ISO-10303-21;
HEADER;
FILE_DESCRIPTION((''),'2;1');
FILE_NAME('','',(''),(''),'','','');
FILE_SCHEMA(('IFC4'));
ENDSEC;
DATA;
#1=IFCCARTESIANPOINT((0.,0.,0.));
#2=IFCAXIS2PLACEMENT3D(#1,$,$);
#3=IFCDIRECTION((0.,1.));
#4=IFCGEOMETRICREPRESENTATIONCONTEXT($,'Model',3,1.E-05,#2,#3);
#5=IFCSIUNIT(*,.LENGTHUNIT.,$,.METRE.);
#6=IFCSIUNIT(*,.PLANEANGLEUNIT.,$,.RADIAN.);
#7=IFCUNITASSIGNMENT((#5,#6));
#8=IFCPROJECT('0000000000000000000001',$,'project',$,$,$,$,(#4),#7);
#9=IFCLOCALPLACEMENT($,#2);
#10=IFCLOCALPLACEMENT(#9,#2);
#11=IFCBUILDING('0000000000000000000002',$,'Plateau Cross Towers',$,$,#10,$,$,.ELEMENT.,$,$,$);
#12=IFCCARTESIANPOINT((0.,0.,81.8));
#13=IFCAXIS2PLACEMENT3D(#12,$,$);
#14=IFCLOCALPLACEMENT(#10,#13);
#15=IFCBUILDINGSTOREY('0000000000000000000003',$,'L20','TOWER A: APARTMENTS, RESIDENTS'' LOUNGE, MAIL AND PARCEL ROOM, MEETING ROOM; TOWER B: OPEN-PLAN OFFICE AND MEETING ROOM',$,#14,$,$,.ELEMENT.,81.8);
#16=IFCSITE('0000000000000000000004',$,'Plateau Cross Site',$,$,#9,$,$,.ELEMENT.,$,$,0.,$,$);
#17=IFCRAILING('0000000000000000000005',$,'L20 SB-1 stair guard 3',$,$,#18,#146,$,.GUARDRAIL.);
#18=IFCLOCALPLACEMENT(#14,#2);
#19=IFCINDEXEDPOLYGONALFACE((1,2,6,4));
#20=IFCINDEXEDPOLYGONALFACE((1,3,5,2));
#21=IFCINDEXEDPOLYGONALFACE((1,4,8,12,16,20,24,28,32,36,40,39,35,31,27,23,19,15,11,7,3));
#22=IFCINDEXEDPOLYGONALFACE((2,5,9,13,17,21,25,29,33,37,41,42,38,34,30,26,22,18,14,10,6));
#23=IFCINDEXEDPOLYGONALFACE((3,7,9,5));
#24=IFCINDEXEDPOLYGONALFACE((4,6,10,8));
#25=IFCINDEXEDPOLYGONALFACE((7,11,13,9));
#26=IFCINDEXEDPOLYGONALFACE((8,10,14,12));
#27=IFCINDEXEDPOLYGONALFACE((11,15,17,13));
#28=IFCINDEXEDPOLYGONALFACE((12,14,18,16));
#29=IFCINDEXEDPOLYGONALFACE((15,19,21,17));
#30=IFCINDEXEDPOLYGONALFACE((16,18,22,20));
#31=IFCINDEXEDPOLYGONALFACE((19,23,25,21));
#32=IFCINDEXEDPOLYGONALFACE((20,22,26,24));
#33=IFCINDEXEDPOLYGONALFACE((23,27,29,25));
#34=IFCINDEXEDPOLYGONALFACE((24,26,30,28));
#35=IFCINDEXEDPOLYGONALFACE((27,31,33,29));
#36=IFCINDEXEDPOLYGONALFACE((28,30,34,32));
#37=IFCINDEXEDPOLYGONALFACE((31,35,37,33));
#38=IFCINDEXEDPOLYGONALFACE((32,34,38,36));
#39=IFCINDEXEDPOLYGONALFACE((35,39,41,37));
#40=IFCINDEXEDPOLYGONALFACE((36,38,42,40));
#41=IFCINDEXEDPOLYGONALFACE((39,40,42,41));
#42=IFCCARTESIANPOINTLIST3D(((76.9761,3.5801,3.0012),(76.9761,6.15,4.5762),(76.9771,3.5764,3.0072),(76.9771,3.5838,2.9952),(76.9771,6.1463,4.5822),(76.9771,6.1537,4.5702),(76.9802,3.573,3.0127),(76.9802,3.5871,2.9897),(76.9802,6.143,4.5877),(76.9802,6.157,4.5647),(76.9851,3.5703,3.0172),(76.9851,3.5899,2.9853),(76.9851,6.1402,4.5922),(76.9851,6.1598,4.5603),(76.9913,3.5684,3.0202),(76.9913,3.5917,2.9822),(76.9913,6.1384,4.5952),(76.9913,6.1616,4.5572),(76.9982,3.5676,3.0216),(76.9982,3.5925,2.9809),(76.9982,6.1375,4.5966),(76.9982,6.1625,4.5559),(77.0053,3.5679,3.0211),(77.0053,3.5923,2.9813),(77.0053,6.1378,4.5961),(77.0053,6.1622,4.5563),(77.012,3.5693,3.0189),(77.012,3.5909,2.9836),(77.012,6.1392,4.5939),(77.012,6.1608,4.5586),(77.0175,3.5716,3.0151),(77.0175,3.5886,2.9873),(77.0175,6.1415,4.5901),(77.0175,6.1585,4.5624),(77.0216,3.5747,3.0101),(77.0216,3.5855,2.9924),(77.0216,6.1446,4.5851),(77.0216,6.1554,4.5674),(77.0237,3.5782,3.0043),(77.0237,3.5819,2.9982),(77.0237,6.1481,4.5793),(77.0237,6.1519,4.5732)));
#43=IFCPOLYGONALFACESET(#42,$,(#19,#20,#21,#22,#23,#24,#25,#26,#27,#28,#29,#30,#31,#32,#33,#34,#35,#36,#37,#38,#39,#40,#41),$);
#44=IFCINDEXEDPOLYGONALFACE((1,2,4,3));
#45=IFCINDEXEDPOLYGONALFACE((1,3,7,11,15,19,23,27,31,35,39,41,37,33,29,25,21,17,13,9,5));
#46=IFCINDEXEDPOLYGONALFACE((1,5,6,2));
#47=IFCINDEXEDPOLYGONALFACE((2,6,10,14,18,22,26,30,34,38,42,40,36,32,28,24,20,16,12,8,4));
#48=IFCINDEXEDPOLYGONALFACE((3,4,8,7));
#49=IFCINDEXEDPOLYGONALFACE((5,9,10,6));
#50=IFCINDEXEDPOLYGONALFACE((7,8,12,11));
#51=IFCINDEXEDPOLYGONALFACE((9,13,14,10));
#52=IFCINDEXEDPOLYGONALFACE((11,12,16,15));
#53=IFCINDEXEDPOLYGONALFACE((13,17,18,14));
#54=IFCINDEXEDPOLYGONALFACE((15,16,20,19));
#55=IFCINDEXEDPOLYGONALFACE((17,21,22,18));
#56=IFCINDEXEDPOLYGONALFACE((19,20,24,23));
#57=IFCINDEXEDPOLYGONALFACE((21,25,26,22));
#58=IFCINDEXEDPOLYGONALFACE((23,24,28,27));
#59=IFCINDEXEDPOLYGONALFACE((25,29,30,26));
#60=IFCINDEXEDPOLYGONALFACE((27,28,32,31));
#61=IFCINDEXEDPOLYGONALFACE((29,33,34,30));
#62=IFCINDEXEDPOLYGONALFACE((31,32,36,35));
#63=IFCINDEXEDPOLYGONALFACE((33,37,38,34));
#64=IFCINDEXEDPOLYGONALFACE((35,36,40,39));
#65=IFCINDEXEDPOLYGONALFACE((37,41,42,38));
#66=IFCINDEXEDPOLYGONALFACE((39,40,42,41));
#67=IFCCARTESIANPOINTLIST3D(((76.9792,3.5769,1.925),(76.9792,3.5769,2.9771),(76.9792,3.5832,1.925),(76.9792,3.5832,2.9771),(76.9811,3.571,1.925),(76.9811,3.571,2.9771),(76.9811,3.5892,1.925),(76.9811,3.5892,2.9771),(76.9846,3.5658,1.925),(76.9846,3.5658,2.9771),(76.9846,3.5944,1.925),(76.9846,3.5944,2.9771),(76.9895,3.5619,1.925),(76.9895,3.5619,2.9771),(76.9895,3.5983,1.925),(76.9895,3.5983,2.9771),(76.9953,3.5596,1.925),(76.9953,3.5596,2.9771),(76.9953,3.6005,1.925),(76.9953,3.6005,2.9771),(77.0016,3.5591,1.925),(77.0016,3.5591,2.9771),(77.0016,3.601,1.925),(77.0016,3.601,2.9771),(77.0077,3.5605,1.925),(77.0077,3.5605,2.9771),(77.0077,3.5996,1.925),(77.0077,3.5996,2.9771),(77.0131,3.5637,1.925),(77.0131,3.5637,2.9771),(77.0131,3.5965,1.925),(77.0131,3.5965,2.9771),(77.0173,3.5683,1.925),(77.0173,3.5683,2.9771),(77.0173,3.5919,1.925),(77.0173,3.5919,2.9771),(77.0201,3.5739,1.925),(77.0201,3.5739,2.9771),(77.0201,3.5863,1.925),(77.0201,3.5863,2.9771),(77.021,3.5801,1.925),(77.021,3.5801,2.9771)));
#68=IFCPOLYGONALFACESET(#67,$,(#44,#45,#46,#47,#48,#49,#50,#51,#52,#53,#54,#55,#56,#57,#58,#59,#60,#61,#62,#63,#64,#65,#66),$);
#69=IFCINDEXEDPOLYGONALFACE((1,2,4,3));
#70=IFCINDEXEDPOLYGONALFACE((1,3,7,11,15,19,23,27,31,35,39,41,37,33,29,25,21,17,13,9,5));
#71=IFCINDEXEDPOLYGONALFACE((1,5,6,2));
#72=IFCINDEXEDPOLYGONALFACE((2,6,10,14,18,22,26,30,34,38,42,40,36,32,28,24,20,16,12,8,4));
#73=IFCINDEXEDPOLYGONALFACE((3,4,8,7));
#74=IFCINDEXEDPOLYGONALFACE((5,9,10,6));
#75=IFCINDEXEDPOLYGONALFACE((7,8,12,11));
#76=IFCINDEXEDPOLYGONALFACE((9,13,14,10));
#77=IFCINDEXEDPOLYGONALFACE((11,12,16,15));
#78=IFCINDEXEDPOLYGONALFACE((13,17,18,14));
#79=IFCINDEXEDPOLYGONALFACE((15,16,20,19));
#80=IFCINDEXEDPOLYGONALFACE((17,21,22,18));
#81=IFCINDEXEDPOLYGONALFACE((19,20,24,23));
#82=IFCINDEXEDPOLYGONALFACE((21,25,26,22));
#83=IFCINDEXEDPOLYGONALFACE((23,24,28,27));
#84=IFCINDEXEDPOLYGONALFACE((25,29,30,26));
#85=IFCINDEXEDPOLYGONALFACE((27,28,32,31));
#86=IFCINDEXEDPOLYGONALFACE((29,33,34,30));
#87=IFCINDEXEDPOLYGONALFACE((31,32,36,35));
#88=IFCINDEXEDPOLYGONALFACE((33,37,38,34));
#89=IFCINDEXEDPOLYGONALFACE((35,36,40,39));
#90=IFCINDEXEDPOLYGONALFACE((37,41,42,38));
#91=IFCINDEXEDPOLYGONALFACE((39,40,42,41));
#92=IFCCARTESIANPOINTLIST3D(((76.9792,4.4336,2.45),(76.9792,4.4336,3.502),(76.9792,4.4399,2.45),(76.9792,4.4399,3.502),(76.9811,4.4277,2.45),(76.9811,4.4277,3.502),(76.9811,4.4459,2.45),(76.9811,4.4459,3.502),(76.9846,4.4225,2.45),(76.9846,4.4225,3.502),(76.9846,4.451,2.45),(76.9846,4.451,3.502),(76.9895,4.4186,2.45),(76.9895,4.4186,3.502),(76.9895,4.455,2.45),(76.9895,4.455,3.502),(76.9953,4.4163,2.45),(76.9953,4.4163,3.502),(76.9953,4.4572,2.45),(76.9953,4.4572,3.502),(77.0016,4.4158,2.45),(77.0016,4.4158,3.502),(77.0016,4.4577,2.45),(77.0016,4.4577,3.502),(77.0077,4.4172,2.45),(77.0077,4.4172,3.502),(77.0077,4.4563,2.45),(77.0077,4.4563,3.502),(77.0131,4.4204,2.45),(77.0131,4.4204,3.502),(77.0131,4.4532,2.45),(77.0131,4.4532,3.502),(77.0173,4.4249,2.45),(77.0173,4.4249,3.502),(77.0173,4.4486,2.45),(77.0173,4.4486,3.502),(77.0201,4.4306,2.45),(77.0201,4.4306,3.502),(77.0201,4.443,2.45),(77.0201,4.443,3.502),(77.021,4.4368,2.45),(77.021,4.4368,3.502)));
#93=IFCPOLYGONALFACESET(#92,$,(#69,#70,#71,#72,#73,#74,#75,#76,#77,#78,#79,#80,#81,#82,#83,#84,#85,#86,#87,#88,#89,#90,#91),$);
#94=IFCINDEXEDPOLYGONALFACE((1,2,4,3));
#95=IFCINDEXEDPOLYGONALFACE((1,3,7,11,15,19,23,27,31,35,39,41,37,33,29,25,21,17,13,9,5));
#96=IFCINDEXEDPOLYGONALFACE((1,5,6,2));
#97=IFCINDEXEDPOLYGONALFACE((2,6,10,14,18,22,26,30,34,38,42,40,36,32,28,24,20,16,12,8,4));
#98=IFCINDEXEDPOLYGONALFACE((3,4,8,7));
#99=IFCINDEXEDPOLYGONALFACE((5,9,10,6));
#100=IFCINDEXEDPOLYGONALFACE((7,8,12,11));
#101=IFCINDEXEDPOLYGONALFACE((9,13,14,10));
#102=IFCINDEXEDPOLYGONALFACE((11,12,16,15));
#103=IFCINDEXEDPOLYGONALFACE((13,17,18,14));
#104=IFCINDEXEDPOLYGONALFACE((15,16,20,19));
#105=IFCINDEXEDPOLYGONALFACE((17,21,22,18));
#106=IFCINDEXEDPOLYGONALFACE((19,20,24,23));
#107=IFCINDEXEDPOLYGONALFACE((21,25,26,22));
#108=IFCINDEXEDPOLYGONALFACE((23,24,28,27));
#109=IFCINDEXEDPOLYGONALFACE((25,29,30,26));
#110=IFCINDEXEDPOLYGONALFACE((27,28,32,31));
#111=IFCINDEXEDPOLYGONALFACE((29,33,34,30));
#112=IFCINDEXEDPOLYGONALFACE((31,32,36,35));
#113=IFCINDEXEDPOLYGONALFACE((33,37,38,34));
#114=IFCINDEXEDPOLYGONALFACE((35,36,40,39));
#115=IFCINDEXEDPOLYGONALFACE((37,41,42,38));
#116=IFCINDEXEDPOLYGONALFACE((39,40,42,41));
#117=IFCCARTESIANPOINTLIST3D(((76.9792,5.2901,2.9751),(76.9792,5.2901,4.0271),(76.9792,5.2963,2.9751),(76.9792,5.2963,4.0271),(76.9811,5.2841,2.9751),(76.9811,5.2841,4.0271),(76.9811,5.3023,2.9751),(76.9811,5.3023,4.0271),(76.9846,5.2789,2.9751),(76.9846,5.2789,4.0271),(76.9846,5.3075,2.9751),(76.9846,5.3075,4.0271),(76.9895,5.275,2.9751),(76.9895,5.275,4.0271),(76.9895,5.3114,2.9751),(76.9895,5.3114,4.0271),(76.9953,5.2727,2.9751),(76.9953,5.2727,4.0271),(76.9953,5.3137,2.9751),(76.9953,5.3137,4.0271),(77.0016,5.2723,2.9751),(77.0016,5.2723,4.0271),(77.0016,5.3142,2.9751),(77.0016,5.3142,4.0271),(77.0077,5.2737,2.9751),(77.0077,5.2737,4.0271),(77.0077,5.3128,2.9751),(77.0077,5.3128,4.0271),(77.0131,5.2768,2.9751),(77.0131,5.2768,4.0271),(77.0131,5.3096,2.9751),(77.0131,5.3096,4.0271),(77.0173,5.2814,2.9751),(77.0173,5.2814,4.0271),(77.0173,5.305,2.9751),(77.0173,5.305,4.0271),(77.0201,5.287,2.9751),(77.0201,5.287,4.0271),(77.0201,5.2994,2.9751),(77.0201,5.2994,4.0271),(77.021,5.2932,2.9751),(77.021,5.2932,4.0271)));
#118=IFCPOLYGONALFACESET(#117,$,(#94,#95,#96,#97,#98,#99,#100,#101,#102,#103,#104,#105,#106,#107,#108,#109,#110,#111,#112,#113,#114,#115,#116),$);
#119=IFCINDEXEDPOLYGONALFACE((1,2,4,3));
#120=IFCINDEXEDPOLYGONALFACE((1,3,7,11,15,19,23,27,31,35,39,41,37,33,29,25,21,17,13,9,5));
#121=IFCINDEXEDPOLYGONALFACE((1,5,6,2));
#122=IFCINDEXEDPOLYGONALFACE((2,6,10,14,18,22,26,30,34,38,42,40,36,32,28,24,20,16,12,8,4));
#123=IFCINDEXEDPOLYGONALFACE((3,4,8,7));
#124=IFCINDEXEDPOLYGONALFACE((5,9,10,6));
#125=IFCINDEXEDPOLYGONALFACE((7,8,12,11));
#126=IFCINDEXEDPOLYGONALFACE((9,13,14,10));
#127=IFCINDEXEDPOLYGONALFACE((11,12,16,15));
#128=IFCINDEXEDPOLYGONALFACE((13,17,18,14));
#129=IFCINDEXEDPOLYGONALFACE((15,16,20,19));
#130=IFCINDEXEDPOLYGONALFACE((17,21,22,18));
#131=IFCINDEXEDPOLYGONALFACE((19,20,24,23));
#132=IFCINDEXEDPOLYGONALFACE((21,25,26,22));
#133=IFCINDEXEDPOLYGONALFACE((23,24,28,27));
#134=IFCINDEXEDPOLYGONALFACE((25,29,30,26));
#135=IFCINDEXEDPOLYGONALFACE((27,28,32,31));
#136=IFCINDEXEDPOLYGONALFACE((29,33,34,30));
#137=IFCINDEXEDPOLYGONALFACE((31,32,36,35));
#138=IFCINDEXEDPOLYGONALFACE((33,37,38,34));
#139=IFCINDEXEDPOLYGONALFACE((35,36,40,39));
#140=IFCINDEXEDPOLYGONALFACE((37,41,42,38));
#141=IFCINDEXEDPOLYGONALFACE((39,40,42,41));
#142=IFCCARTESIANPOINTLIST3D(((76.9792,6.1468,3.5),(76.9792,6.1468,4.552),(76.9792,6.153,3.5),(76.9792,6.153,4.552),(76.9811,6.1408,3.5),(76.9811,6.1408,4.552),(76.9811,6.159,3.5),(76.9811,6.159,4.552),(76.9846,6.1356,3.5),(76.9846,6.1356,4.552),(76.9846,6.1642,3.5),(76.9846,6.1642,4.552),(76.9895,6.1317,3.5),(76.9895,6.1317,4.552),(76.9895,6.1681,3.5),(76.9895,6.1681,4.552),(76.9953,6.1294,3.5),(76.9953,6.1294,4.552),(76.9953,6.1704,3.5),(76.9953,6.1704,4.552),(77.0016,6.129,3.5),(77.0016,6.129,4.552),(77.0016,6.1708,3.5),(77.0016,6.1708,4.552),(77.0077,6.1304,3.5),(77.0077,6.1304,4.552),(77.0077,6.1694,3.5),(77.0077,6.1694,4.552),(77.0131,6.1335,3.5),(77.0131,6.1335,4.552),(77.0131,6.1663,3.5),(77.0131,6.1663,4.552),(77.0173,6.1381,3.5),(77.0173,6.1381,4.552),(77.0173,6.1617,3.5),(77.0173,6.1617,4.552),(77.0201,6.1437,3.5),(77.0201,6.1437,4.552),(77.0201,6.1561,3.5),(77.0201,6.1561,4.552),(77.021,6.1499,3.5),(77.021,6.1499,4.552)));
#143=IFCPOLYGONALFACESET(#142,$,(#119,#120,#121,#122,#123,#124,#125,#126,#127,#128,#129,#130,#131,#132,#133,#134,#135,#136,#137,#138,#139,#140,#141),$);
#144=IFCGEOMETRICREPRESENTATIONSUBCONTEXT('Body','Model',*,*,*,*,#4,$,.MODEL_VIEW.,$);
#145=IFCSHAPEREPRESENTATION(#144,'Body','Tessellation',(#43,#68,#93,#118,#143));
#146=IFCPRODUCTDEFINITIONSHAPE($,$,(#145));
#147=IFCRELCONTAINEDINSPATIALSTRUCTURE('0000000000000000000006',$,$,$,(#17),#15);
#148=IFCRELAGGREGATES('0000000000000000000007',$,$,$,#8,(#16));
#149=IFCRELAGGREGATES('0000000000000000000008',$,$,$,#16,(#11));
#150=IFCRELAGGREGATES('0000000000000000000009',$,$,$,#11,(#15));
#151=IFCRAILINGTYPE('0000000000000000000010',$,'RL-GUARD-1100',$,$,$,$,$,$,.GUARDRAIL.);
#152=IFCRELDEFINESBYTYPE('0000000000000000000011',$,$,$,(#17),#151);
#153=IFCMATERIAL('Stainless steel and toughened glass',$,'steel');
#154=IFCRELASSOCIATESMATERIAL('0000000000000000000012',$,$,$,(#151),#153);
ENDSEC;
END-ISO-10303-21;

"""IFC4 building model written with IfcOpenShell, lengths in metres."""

from ifc_helpers import new_model, si_unit, direction, frame, origin, origin_2d, place, context, subcontext, project, spatial, circle, extrude, material, type_object, element, save


model = new_model("IFC4")

# Units and contexts
model_context = context("Model", 3, precision=1e-05, world=origin(), true_north=direction((0.0, 1.0)))
body_context = subcontext(model_context, "Body", "Model", "MODEL_VIEW")
ifc_project = project(units=[si_unit("LENGTHUNIT", "METRE"), si_unit("PLANEANGLEUNIT", "RADIAN")], contexts=[model_context])

# Site, building, storey
site_placement = place(None, origin())
site = spatial("IfcSite", under=ifc_project, at=site_placement, Name="Plateau Cross Site", CompositionType="ELEMENT", RefElevation=0.0)
building_placement = place(site_placement, origin())
building = spatial("IfcBuilding", under=site, at=building_placement, Name="Plateau Cross Towers", CompositionType="ELEMENT")
storey_placement = place(building_placement, frame((0.0, 0.0, 81.8)))
storey = spatial("IfcBuildingStorey", under=building, at=storey_placement, Name="L20", Description="TOWER A: APARTMENTS, RESIDENTS' LOUNGE, MAIL AND PARCEL ROOM, MEETING ROOM; TOWER B: OPEN-PLAN OFFICE AND MEETING ROOM", CompositionType="ELEMENT", Elevation=81.8)

# Railing
ifc_material_1 = material(Name="Stainless steel and toughened glass", Category="steel")
railing_type_1 = type_object("IfcRailingType", Name="RL-GUARD-1100", PredefinedType="GUARDRAIL", material=ifc_material_1)
railing_1_placement = place(storey_placement, frame((77.0, 3.5801, 1.925)))
element("IfcRailing", 1, at=railing_1_placement, inside=storey, type_object=railing_type_1, Name="L20 SB-1 stair guard 3", PredefinedType="GUARDRAIL", context=body_context, shape_type="SweptSolid", body=[
    extrude(circle(Radius=0.0239, at=origin_2d()), frame((0.0, 0.0, 1.0762), z_axis=(0.0, 0.852616, 0.522537), x_axis=(-1.0, 0.0, 0.0)), (0.0, 0.0, 1.0), 3.0142),
    extrude(circle(Radius=0.021, at=origin_2d()), origin(), (0.0, 0.0, 1.0), 1.052),
    extrude(circle(Radius=0.021, at=origin_2d()), frame((0.0, 0.8567, 0.5249)), (0.0, 0.0, 1.0), 1.052),
    extrude(circle(Radius=0.021, at=origin_2d()), frame((0.0, 1.7131, 1.05)), (0.0, 0.0, 1.0), 1.052),
    extrude(circle(Radius=0.021, at=origin_2d()), frame((0.0, 2.5698, 1.575)), (0.0, 0.0, 1.0), 1.052),
])

save(model, "model.ifc")
